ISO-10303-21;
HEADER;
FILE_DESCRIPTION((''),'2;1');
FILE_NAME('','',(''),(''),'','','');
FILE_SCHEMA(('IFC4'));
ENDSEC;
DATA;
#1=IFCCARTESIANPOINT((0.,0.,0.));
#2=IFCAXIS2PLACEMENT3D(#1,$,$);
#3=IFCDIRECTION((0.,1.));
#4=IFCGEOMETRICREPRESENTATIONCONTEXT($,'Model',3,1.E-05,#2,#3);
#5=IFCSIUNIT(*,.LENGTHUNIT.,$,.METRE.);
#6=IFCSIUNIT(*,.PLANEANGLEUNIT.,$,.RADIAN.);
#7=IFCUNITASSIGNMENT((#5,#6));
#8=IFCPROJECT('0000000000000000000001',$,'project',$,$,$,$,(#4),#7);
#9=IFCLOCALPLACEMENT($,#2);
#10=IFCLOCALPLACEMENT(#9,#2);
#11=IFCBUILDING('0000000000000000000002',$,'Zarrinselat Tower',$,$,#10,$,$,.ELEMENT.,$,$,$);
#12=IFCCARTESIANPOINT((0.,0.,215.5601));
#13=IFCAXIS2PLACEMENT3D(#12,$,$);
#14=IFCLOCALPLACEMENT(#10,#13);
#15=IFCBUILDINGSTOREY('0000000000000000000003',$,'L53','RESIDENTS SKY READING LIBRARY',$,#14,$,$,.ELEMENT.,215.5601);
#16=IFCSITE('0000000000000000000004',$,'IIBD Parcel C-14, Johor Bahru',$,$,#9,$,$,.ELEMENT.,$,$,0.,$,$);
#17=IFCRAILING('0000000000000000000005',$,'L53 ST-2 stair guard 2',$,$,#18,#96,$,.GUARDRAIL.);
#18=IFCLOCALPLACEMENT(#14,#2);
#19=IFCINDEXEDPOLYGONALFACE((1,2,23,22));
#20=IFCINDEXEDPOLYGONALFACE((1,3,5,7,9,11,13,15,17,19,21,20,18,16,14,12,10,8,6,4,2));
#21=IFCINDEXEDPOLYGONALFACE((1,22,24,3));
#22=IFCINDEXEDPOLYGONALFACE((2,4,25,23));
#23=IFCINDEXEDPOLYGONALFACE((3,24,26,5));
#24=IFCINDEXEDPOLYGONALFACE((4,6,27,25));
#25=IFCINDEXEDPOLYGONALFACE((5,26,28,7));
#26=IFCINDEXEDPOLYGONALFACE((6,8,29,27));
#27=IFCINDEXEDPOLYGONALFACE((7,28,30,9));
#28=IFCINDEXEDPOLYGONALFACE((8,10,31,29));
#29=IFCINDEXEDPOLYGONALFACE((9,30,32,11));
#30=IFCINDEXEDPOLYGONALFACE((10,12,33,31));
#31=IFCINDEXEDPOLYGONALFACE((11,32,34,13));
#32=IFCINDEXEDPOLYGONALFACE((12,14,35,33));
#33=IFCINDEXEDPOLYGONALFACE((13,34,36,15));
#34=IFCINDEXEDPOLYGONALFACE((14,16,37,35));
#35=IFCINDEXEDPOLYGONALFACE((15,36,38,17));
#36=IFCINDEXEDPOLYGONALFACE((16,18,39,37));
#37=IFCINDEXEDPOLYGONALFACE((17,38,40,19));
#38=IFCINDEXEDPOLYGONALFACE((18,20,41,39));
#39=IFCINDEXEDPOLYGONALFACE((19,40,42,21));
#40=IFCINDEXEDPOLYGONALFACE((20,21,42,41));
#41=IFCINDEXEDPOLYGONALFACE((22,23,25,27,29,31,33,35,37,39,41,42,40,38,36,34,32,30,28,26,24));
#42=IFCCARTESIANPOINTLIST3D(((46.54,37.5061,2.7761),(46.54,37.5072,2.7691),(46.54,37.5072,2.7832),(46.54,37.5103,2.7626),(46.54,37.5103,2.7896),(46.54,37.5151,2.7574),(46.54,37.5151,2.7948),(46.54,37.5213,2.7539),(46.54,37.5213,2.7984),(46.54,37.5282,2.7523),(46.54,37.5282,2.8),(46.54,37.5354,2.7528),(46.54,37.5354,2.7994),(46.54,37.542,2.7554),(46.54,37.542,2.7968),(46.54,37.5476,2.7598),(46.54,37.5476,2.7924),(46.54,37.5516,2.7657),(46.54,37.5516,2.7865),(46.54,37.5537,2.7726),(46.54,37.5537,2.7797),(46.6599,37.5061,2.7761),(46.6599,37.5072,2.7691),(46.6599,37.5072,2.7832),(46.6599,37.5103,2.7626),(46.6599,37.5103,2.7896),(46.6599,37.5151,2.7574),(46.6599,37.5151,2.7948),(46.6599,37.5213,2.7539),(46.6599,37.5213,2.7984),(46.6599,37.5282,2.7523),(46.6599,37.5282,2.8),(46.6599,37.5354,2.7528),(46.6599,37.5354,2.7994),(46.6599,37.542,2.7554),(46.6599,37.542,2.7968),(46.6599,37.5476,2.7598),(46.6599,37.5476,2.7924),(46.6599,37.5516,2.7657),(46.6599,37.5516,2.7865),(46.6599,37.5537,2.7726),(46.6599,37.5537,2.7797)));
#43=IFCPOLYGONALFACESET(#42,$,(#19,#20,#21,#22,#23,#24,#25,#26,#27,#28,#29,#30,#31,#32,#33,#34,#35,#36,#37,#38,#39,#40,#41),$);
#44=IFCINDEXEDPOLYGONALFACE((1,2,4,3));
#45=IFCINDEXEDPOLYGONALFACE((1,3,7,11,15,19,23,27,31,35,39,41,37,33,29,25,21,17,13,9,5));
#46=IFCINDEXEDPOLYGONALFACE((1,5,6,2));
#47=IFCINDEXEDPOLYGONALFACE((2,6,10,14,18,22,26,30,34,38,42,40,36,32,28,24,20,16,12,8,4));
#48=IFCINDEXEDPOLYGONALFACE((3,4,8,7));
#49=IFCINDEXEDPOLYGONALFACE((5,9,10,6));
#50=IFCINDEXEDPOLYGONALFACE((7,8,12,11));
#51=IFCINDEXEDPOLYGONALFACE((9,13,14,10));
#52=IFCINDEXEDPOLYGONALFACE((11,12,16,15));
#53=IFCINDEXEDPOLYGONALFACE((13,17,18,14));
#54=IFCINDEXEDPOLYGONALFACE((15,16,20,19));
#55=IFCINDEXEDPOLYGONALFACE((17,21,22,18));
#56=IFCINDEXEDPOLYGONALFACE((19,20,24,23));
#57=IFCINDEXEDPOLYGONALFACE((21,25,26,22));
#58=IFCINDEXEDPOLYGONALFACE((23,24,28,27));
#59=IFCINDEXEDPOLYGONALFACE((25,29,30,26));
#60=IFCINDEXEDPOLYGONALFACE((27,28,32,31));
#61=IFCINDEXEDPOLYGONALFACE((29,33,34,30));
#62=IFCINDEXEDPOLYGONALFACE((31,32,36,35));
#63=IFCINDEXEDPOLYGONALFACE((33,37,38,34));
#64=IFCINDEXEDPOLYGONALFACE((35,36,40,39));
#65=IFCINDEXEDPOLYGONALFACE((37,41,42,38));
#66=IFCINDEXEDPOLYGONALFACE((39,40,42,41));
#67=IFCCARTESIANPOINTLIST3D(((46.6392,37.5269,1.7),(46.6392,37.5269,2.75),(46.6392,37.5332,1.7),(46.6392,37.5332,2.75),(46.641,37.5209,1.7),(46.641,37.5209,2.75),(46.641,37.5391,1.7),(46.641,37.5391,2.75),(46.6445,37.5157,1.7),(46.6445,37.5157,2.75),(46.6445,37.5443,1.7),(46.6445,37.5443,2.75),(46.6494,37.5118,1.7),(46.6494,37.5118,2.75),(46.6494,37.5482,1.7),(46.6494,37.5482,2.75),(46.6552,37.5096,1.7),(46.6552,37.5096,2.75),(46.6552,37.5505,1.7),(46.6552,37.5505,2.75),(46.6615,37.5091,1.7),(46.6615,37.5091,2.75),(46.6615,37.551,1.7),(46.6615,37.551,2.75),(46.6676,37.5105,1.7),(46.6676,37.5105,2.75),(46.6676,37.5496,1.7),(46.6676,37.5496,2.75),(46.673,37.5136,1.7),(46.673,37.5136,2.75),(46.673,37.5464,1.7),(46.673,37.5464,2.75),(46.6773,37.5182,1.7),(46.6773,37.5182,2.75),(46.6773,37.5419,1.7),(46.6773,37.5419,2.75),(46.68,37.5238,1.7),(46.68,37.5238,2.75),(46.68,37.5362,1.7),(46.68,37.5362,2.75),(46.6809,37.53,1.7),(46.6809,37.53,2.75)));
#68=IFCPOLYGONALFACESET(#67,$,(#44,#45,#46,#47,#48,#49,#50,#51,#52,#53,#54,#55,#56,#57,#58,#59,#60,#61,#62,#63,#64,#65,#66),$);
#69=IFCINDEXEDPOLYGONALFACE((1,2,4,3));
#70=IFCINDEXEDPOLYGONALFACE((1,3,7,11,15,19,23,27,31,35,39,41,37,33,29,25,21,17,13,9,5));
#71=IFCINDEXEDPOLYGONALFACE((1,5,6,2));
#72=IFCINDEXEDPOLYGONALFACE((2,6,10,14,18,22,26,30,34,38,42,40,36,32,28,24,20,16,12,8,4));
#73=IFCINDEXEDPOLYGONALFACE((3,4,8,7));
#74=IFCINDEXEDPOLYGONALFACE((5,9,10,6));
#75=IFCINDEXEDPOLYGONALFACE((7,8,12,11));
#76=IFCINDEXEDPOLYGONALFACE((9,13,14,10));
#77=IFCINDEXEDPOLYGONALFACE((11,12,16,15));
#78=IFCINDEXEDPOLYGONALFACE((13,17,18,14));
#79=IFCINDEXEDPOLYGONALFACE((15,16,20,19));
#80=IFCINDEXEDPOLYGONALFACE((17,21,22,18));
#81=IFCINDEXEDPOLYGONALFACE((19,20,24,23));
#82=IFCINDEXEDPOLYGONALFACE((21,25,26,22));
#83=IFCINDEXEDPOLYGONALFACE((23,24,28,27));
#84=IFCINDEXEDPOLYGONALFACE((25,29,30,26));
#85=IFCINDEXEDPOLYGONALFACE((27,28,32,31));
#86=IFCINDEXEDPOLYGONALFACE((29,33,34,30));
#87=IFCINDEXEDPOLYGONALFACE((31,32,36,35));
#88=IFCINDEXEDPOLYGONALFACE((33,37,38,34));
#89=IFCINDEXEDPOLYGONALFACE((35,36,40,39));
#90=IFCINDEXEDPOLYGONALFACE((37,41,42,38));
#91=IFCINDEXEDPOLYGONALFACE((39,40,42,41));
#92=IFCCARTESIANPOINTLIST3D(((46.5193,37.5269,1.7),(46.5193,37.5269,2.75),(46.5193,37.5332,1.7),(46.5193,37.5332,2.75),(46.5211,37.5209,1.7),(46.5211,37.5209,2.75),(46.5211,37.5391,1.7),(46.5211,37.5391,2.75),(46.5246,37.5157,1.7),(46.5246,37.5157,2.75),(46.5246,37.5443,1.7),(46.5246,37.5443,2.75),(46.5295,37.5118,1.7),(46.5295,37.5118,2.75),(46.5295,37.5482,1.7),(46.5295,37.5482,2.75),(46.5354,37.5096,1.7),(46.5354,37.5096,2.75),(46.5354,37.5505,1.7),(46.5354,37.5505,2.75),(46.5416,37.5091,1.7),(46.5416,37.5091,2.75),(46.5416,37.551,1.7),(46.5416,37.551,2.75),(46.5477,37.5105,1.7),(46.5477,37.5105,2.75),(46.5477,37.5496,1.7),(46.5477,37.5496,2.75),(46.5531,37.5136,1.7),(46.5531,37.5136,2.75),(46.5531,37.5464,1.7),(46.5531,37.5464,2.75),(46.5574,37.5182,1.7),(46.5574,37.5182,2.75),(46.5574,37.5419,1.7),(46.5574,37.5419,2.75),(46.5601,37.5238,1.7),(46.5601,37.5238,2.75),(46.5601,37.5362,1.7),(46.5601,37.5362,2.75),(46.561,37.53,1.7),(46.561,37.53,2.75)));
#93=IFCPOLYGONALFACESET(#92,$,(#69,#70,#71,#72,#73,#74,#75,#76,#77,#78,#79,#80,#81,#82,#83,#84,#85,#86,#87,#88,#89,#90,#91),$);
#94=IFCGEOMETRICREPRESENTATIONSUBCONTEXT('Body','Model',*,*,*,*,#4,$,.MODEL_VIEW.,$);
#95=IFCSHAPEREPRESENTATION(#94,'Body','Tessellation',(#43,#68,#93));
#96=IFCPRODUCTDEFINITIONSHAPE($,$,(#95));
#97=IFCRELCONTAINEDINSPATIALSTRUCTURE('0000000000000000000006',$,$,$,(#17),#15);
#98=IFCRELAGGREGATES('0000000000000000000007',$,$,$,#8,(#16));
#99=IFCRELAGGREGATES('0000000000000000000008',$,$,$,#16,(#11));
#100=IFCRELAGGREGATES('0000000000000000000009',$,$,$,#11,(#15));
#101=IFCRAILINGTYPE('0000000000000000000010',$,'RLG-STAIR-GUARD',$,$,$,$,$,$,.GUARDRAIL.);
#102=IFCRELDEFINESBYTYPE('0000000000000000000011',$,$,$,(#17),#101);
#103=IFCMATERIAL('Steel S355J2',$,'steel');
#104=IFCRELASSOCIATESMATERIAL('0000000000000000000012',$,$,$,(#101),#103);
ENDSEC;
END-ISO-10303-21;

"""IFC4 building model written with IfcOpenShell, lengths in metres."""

from ifc_helpers import new_model, si_unit, direction, frame, origin, origin_2d, place, context, subcontext, project, spatial, circle, extrude, material, type_object, element, save


model = new_model("IFC4")

# Units and contexts
model_context = context("Model", 3, precision=1e-05, world=origin(), true_north=direction((0.0, 1.0)))
body_context = subcontext(model_context, "Body", "Model", "MODEL_VIEW")
ifc_project = project(units=[si_unit("LENGTHUNIT", "METRE"), si_unit("PLANEANGLEUNIT", "RADIAN")], contexts=[model_context])

# Site, building, storey
site_placement = place(None, origin())
site = spatial("IfcSite", under=ifc_project, at=site_placement, Name="IIBD Parcel C-14, Johor Bahru", CompositionType="ELEMENT", RefElevation=0.0)
building_placement = place(site_placement, origin())
building = spatial("IfcBuilding", under=site, at=building_placement, Name="Zarrinselat Tower", CompositionType="ELEMENT")
storey_placement = place(building_placement, frame((0.0, 0.0, 215.5601)))
storey = spatial("IfcBuildingStorey", under=building, at=storey_placement, Name="L53", Description="RESIDENTS SKY READING LIBRARY", CompositionType="ELEMENT", Elevation=215.5601)

# Railing
ifc_material_1 = material(Name="Steel S355J2", Category="steel")
railing_type = type_object("IfcRailingType", Name="RLG-STAIR-GUARD", PredefinedType="GUARDRAIL", material=ifc_material_1)
railing_1_placement = place(storey_placement, frame((46.6599, 37.53, 1.7)))
element("IfcRailing", 1, at=railing_1_placement, inside=storey, type_object=railing_type, Name="L53 ST-2 stair guard 2", PredefinedType="GUARDRAIL", context=body_context, shape_type="SweptSolid", body=[
    extrude(circle(Radius=0.0239, at=origin_2d()), frame((0.0, 0.0, 1.0762), z_axis=(-1.0, 0.0, 0.0), x_axis=(0.0, -1.0, 0.0)), (0.0, 0.0, 1.0), 0.1199),
    extrude(circle(Radius=0.021, at=origin_2d()), origin(), (0.0, 0.0, 1.0), 1.05),
    extrude(circle(Radius=0.021, at=origin_2d()), frame((-0.1199, 0.0, 0.0)), (0.0, 0.0, 1.0), 1.05),
])

save(model, "model.ifc")
